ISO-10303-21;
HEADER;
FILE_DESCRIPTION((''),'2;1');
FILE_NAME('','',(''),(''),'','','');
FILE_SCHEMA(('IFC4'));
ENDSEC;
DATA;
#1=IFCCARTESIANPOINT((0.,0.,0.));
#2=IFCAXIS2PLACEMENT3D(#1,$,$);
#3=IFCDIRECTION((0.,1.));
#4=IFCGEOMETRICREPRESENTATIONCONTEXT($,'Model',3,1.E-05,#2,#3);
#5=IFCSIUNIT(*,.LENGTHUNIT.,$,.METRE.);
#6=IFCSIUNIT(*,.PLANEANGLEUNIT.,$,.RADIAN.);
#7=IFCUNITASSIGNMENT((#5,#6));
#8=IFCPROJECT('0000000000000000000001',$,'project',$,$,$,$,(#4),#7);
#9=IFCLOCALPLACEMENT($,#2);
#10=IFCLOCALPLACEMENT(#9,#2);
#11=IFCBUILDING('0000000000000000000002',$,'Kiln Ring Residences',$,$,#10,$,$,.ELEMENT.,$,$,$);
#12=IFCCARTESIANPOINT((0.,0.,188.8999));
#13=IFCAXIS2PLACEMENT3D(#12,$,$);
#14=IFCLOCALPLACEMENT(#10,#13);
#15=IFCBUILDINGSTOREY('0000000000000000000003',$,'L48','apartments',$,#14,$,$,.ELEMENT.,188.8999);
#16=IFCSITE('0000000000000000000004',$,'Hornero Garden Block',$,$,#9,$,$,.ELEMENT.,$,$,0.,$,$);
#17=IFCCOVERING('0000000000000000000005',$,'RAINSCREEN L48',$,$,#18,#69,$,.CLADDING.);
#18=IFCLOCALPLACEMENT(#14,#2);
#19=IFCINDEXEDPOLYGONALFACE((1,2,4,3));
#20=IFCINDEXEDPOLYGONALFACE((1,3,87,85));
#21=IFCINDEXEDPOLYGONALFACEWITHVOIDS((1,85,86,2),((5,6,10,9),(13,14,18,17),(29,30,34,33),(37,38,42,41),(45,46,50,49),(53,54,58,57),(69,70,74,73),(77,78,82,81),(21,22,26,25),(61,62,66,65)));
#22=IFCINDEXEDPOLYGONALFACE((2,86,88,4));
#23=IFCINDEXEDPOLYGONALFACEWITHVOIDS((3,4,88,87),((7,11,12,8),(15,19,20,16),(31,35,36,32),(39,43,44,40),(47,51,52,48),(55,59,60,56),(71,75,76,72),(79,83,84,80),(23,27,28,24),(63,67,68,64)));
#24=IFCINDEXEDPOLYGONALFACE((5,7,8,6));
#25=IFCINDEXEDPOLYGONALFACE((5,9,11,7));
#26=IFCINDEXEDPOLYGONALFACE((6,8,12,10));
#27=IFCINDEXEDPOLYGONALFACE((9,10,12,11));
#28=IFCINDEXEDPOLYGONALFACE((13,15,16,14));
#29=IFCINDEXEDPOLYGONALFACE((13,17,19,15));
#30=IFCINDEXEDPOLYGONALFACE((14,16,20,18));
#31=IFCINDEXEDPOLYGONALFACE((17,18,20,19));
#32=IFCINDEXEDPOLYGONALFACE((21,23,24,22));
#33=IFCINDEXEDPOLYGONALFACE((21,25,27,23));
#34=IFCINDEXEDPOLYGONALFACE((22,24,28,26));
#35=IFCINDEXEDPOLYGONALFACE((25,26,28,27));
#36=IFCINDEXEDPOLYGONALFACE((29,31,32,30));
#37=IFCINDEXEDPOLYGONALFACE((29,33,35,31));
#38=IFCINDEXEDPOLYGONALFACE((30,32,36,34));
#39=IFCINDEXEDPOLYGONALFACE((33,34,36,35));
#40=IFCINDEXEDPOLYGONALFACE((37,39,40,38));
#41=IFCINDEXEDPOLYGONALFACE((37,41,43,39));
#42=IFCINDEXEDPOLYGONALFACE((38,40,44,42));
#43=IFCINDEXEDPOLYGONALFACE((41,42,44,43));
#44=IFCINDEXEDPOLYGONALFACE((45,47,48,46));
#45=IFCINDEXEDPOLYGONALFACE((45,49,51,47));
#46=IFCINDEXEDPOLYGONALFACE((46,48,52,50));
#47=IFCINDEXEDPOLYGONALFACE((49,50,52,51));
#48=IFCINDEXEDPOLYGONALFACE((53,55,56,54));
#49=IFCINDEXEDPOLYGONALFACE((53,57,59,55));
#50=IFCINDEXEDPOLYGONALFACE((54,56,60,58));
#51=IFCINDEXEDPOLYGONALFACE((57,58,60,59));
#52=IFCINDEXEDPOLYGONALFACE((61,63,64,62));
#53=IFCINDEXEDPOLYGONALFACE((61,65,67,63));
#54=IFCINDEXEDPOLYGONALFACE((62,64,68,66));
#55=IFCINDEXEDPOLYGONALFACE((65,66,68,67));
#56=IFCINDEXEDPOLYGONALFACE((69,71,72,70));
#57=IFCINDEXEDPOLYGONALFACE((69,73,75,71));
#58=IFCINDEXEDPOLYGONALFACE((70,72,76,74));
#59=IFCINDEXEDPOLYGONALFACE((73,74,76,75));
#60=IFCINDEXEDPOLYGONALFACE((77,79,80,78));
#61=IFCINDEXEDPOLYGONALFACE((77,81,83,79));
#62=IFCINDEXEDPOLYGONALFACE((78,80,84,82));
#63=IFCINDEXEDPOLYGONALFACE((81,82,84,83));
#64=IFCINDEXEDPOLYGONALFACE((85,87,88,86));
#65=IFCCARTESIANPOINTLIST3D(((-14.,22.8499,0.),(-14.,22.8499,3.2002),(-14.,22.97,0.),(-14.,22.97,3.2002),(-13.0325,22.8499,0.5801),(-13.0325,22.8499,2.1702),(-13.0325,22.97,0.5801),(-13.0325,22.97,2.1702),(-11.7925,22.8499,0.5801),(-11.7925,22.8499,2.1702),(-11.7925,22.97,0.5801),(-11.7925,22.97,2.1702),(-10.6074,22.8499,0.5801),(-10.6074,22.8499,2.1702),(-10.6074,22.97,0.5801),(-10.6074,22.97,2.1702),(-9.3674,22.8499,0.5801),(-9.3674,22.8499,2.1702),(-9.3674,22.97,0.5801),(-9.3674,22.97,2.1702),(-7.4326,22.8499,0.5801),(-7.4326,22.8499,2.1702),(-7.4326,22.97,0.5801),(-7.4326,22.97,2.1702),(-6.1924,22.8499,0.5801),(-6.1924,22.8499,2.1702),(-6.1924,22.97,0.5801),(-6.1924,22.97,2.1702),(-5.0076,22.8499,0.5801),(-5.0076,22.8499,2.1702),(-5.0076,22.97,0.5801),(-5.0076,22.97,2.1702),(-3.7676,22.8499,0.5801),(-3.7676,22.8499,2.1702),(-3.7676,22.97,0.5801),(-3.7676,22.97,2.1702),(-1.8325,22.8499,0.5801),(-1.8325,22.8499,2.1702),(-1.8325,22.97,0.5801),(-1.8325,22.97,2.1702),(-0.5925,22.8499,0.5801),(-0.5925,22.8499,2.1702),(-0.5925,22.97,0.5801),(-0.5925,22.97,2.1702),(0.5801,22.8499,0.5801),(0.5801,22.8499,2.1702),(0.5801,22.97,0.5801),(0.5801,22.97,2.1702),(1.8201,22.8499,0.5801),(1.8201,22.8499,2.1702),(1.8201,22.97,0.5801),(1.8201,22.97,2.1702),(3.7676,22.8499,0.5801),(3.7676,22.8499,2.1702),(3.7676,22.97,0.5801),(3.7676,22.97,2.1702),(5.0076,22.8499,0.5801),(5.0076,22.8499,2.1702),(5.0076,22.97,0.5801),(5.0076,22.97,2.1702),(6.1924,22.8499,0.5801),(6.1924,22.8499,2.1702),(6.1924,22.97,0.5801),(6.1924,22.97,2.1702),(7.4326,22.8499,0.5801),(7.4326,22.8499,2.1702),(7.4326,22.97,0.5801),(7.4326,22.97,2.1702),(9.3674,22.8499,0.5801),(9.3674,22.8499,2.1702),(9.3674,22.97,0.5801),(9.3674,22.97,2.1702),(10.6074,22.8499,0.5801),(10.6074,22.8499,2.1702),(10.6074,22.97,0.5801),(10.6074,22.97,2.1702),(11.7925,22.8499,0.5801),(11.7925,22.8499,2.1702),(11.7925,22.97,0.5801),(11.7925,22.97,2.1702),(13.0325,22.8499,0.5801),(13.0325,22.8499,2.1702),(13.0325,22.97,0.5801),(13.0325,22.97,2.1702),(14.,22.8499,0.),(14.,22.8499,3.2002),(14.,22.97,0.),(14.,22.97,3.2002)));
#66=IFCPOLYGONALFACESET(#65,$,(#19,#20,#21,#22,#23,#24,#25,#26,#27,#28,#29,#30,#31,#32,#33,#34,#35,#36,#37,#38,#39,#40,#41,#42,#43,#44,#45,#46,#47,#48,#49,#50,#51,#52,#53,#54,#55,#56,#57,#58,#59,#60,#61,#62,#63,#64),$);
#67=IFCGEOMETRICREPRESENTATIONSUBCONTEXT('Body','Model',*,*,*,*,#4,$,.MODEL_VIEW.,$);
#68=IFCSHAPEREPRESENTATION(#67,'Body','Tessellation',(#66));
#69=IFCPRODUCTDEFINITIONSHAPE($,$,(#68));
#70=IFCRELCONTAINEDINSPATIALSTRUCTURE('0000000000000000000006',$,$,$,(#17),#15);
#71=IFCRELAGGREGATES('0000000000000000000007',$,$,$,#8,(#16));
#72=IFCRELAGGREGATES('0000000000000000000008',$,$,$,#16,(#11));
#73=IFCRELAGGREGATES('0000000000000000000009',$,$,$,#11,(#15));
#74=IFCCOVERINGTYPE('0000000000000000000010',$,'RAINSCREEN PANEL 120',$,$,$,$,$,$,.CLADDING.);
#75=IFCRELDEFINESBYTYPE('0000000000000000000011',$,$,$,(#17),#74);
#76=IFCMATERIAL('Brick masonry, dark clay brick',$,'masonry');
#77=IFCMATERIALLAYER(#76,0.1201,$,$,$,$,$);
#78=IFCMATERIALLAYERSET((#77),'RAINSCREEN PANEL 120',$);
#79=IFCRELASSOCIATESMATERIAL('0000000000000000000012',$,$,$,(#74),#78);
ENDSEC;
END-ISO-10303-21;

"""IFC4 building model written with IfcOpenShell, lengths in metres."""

from ifc_helpers import new_model, si_unit, direction, frame, origin, place, context, subcontext, project, spatial, polyline, outline, extrude, material, layer, layer_set, type_object, element, save


model = new_model("IFC4")

# Units and contexts
model_context = context("Model", 3, precision=1e-05, world=origin(), true_north=direction((0.0, 1.0)))
body_context = subcontext(model_context, "Body", "Model", "MODEL_VIEW")
ifc_project = project(units=[si_unit("LENGTHUNIT", "METRE"), si_unit("PLANEANGLEUNIT", "RADIAN")], contexts=[model_context])

# Site, building, storey
site_placement = place(None, origin())
site = spatial("IfcSite", under=ifc_project, at=site_placement, Name="Hornero Garden Block", CompositionType="ELEMENT", RefElevation=0.0)
building_placement = place(site_placement, origin())
building = spatial("IfcBuilding", under=site, at=building_placement, Name="Kiln Ring Residences", CompositionType="ELEMENT")
storey_placement = place(building_placement, frame((0.0, 0.0, 188.8999)))
storey = spatial("IfcBuildingStorey", under=building, at=storey_placement, Name="L48", Description="apartments", CompositionType="ELEMENT", Elevation=188.8999)

# Covering
ifc_material_1 = material(Name="Brick masonry, dark clay brick", Category="masonry")
ifc_layer_1 = layer(ifc_material_1, 0.1201)
ifc_layer_set_1 = layer_set([ifc_layer_1], Name="RAINSCREEN PANEL 120")
covering_type_1 = type_object("IfcCoveringType", Name="RAINSCREEN PANEL 120", PredefinedType="CLADDING", material=ifc_layer_set_1)
covering_1_placement = place(storey_placement, frame((14.0, 22.9099, 0.0), z_axis=(0.0, 0.0, 1.0), x_axis=(-1.0, 0.0, 0.0)))
element("IfcCovering", 1, at=covering_1_placement, inside=storey, type_object=covering_type_1, Name="RAINSCREEN L48", PredefinedType="CLADDING", context=body_context, shape_type="SweptSolid", body=[
    extrude(outline(polyline([(0.0, 0.0), (28.0, 0.0), (28.0, 3.2002), (0.0, 3.2002), (0.0, 0.0)]), holes=[polyline([(0.9675, 0.5801), (2.2075, 0.5801), (2.2075, 2.1702), (0.9675, 2.1702), (0.9675, 0.5801)]), polyline([(3.3926, 0.5801), (4.6326, 0.5801), (4.6326, 2.1702), (3.3926, 2.1702), (3.3926, 0.5801)]), polyline([(6.5674, 0.5801), (7.8076, 0.5801), (7.8076, 2.1702), (6.5674, 2.1702), (6.5674, 0.5801)]), polyline([(8.9924, 2.1702), (8.9924, 0.5801), (10.2324, 0.5801), (10.2324, 2.1702), (8.9924, 2.1702)]), polyline([(12.1799, 2.1702), (12.1799, 0.5801), (13.4199, 0.5801), (13.4199, 2.1702), (12.1799, 2.1702)]), polyline([(14.5925, 0.5801), (15.8325, 0.5801), (15.8325, 2.1702), (14.5925, 2.1702), (14.5925, 0.5801)]), polyline([(17.7676, 0.5801), (19.0076, 0.5801), (19.0076, 2.1702), (17.7676, 2.1702), (17.7676, 0.5801)]), polyline([(20.1924, 0.5801), (21.4326, 0.5801), (21.4326, 2.1702), (20.1924, 2.1702), (20.1924, 0.5801)]), polyline([(23.3674, 2.1702), (23.3674, 0.5801), (24.6074, 0.5801), (24.6074, 2.1702), (23.3674, 2.1702)]), polyline([(25.7925, 2.1702), (25.7925, 0.5801), (27.0325, 0.5801), (27.0325, 2.1702), (25.7925, 2.1702)])]), frame((0.0, 0.0601, 0.0), z_axis=(0.0, -1.0, 0.0), x_axis=(1.0, 0.0, 0.0)), (0.0, 0.0, 1.0), 0.1201),
])

save(model, "model.ifc")
